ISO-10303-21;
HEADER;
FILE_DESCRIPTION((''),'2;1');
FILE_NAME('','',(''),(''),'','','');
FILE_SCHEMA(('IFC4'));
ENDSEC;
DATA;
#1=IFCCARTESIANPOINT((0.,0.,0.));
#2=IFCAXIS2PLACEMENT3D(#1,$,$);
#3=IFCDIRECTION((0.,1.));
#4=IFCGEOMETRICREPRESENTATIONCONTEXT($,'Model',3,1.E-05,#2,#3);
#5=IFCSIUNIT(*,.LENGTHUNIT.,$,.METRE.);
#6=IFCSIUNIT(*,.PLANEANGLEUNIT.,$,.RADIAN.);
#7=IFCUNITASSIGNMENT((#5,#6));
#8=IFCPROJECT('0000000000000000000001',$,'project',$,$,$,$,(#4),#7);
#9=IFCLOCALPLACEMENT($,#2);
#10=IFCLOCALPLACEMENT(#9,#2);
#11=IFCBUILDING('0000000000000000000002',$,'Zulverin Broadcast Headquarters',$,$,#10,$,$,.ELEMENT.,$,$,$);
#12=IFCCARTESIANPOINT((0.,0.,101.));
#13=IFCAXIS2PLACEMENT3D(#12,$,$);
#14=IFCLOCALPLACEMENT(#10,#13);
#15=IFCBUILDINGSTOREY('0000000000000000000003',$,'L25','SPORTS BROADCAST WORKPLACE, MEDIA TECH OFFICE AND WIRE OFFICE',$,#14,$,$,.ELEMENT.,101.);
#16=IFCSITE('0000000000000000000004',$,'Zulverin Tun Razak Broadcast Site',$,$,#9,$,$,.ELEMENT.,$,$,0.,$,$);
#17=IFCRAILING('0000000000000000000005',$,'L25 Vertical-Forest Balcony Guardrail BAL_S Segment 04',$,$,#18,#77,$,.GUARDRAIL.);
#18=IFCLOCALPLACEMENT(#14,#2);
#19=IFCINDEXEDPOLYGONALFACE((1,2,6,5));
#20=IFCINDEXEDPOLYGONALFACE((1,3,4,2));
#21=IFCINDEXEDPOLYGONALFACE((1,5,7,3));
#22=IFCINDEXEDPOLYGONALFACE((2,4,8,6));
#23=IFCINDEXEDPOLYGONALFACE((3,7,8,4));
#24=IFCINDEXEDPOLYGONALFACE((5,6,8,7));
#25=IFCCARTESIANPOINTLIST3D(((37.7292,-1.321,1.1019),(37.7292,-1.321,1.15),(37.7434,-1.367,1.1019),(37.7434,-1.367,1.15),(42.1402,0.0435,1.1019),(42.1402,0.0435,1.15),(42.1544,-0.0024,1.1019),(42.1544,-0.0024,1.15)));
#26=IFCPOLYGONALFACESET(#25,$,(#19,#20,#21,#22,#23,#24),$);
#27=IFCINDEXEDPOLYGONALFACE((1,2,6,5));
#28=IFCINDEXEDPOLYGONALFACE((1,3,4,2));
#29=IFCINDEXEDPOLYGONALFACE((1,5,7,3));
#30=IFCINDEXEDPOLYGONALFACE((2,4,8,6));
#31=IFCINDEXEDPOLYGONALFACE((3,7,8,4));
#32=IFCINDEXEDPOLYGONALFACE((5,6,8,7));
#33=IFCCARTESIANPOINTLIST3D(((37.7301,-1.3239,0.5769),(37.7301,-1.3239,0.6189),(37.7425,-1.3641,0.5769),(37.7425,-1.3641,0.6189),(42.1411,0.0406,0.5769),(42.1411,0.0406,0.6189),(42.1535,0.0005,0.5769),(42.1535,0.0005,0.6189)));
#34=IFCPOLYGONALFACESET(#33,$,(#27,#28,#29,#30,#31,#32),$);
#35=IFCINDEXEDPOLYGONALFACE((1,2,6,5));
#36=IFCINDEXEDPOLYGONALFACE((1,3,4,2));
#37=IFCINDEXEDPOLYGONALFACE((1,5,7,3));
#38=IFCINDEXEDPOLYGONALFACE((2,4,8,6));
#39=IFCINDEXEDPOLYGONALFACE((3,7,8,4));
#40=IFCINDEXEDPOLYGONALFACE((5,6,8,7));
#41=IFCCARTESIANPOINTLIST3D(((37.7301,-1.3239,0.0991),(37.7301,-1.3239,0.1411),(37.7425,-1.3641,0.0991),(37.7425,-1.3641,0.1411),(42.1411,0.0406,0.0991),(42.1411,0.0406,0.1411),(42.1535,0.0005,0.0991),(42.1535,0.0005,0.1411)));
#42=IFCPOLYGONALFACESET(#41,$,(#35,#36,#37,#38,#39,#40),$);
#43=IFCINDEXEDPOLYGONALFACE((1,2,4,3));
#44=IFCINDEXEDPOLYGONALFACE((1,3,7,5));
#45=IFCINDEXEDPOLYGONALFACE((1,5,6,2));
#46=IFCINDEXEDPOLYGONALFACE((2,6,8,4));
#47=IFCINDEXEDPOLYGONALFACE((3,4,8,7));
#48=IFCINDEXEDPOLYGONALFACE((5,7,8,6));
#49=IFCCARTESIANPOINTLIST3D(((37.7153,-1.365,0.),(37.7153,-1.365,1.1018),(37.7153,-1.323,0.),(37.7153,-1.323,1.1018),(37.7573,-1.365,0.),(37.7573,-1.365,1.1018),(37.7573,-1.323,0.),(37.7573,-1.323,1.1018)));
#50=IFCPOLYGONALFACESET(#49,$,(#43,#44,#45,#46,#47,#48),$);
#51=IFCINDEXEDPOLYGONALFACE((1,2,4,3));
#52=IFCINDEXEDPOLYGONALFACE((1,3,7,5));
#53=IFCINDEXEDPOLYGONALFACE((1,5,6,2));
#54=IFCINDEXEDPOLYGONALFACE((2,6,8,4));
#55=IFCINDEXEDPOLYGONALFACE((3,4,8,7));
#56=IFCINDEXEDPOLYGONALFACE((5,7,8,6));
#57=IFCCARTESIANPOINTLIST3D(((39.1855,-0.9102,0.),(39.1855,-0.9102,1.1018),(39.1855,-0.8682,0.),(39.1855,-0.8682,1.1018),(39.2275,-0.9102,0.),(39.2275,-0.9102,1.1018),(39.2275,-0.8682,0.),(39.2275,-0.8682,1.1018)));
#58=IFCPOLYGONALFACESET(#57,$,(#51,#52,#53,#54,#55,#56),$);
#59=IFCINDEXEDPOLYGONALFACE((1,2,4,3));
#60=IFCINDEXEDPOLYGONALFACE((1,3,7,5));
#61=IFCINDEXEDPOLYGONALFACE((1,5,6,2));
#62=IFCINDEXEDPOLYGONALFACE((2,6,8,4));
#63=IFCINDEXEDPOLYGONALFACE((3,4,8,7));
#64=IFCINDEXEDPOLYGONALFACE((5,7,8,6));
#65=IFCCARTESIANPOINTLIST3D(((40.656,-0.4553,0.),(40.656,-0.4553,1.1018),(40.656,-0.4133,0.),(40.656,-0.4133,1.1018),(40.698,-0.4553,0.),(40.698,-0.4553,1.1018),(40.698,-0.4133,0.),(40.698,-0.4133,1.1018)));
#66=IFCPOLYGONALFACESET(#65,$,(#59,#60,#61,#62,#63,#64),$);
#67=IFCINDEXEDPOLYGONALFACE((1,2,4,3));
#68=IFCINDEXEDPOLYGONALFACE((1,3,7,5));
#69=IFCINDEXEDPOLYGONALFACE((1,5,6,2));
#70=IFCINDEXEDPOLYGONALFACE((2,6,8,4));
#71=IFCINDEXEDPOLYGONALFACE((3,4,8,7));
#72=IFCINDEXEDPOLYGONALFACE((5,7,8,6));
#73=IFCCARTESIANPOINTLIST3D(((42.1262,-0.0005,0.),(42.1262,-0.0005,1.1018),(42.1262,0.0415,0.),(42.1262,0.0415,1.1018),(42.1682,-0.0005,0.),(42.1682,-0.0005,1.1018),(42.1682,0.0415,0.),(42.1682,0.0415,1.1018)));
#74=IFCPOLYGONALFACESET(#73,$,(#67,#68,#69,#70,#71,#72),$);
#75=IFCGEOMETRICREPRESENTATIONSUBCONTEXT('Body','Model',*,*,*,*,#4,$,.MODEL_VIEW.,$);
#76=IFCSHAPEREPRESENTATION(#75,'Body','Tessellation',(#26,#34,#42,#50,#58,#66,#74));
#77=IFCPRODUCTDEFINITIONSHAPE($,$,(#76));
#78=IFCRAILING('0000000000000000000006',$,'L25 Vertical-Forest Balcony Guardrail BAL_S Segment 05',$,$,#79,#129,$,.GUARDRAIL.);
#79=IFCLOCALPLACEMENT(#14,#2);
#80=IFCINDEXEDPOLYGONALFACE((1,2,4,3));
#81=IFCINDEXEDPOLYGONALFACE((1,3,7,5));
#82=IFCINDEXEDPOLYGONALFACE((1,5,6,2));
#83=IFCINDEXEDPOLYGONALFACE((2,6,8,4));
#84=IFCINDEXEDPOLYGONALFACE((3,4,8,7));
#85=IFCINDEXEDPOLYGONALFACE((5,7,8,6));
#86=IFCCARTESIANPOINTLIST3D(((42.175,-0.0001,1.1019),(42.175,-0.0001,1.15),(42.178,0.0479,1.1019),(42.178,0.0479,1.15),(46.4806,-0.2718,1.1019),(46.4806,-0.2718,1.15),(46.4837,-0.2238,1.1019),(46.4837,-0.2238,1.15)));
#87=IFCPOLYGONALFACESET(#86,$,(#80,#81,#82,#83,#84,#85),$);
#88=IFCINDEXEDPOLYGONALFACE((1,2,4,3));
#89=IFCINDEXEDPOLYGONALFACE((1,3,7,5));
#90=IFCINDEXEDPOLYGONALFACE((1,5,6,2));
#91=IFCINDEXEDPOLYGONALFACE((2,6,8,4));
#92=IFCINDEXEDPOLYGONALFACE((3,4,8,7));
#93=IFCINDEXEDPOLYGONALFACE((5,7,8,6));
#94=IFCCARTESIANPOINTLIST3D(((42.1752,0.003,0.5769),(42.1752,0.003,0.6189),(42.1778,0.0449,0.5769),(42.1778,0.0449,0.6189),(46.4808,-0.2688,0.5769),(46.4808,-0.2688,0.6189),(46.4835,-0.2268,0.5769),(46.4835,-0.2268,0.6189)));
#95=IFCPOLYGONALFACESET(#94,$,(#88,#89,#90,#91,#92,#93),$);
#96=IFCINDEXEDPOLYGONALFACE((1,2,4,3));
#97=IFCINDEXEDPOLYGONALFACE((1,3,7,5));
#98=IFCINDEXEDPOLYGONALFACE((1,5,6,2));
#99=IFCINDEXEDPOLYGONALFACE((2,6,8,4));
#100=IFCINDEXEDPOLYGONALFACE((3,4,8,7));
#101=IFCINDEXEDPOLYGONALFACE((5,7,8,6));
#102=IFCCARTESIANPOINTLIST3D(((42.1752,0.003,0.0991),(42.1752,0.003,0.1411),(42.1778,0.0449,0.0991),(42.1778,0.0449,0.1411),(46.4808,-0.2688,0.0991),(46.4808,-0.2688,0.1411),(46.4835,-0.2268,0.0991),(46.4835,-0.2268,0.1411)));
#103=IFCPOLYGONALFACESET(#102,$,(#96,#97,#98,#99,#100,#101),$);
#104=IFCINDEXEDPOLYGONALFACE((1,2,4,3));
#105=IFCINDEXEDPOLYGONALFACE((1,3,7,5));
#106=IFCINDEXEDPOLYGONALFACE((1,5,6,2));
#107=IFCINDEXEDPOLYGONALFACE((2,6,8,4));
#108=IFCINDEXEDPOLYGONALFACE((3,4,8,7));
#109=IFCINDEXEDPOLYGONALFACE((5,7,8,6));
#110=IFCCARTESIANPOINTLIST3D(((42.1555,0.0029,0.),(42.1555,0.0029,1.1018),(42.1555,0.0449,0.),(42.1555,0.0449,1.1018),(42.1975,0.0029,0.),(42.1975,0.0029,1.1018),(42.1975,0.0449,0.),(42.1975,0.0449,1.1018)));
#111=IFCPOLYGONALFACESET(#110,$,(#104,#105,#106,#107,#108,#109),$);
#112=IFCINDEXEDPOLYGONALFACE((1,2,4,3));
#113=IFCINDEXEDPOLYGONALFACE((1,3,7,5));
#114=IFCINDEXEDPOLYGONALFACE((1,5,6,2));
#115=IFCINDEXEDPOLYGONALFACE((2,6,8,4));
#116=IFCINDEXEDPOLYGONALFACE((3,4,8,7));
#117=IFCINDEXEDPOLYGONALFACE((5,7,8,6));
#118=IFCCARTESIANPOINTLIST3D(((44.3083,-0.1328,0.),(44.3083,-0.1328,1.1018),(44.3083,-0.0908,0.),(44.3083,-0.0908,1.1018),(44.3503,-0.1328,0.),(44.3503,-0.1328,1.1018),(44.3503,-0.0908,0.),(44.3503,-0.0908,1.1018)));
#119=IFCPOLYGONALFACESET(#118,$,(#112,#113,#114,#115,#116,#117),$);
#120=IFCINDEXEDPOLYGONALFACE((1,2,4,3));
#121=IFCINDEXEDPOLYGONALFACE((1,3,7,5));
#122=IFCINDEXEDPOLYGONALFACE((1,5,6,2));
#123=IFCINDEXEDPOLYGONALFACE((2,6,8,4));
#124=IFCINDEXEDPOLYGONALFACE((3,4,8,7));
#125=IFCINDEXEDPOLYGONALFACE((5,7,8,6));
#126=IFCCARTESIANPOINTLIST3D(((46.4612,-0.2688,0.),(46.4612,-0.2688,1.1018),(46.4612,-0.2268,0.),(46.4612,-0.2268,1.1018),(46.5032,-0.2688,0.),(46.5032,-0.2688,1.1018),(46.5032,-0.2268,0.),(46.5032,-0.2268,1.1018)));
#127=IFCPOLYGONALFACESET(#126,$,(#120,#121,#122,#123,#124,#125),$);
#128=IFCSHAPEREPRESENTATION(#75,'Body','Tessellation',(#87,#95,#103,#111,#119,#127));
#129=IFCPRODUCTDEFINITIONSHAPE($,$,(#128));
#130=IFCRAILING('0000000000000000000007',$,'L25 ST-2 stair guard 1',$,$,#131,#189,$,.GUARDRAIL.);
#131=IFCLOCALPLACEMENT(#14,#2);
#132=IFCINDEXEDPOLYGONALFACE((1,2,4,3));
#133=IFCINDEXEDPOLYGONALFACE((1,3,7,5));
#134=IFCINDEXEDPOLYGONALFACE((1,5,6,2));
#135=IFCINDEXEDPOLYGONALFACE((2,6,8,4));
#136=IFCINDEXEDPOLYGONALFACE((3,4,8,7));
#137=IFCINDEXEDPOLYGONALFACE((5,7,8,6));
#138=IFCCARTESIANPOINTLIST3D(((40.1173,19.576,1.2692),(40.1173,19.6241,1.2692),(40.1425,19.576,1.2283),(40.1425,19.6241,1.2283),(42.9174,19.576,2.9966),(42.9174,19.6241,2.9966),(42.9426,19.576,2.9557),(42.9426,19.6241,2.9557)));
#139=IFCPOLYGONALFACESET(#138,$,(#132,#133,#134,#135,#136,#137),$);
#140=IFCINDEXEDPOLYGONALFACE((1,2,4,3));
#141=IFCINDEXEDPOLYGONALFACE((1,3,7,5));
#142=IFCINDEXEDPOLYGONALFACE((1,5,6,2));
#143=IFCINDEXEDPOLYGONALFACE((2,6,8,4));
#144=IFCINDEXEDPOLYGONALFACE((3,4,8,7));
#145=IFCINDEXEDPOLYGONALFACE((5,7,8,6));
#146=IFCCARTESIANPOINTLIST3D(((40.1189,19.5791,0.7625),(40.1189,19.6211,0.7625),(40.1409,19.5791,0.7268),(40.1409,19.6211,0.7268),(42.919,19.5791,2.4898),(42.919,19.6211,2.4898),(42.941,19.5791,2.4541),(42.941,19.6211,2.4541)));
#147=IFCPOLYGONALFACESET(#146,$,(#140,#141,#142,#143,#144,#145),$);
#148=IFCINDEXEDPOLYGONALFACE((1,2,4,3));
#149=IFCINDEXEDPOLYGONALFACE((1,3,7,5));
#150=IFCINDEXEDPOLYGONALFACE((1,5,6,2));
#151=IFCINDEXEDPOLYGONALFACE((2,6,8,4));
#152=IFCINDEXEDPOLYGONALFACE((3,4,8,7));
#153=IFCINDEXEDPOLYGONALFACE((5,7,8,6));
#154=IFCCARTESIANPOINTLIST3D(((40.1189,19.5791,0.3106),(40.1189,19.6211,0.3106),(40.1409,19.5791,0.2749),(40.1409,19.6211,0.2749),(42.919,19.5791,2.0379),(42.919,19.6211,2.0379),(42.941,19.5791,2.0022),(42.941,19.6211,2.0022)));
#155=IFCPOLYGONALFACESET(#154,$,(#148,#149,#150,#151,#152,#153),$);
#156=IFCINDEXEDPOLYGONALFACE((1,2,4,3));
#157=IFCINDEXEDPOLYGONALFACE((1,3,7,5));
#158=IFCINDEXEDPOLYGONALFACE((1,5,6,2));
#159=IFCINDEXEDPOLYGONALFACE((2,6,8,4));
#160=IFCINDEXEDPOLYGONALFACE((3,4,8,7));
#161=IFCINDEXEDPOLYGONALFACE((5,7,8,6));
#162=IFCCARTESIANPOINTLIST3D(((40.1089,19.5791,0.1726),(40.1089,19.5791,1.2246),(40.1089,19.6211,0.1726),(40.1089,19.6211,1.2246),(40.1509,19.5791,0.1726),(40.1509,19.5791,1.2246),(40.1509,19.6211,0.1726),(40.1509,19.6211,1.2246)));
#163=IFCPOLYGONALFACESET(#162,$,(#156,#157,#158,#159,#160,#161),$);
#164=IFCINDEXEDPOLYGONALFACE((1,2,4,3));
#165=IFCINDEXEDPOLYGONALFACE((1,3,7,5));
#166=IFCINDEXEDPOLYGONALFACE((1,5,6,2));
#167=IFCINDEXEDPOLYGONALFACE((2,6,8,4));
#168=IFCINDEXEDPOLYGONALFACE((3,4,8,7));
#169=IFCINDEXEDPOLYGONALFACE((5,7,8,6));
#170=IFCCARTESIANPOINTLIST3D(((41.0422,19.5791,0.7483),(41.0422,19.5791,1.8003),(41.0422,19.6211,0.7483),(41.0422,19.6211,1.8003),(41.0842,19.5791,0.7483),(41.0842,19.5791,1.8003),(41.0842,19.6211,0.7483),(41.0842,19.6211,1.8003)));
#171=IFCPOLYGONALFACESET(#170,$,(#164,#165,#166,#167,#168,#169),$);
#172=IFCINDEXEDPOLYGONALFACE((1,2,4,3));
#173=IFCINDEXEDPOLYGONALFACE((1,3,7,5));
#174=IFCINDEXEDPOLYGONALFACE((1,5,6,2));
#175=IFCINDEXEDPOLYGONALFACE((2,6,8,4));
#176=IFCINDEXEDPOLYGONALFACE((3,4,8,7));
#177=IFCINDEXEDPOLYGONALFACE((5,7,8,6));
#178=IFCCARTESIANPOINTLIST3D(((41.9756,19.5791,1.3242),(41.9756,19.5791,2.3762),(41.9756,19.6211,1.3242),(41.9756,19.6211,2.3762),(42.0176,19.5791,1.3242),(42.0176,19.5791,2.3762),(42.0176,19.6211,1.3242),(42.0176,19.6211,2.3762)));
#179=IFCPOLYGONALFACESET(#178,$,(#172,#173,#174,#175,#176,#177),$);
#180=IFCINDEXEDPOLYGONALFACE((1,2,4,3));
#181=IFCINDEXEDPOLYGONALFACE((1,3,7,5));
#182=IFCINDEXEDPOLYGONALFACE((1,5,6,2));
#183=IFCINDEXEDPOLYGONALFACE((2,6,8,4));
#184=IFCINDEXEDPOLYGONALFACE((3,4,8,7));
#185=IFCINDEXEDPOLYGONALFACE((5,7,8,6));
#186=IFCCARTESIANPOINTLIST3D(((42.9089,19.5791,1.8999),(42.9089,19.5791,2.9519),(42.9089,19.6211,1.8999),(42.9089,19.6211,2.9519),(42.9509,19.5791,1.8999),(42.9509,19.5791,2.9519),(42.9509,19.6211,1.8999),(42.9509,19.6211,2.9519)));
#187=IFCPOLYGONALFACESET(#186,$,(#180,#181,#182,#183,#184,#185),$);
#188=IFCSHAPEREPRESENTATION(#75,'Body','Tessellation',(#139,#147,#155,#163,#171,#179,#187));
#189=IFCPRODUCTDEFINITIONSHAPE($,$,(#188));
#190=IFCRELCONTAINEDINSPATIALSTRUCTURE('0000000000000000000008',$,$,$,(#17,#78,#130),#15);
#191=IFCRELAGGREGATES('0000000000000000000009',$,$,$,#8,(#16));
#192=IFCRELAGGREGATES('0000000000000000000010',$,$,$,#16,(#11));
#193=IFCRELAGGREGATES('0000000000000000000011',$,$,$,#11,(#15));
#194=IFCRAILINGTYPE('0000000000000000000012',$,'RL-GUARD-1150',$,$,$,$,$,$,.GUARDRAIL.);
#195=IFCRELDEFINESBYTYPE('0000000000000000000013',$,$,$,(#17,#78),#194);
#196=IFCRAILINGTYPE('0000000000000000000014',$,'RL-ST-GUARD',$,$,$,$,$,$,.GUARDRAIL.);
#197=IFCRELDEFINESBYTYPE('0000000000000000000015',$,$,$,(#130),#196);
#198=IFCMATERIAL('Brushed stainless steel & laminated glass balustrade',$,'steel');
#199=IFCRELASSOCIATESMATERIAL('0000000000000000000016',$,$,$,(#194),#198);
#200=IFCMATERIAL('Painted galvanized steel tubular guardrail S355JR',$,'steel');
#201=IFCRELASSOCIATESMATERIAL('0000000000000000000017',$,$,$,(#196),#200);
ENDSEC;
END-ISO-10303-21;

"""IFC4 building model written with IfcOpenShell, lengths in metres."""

from ifc_helpers import new_model, si_unit, direction, frame, origin, origin_2d, place, context, subcontext, project, spatial, rectangle, extrude, material, type_object, element, save


model = new_model("IFC4")

# Units and contexts
model_context = context("Model", 3, precision=1e-05, world=origin(), true_north=direction((0.0, 1.0)))
body_context = subcontext(model_context, "Body", "Model", "MODEL_VIEW")
ifc_project = project(units=[si_unit("LENGTHUNIT", "METRE"), si_unit("PLANEANGLEUNIT", "RADIAN")], contexts=[model_context])

# Site, building, storey
site_placement = place(None, origin())
site = spatial("IfcSite", under=ifc_project, at=site_placement, Name="Zulverin Tun Razak Broadcast Site", CompositionType="ELEMENT", RefElevation=0.0)
building_placement = place(site_placement, origin())
building = spatial("IfcBuilding", under=site, at=building_placement, Name="Zulverin Broadcast Headquarters", CompositionType="ELEMENT")
storey_placement = place(building_placement, frame((0.0, 0.0, 101.0)))
storey = spatial("IfcBuildingStorey", under=building, at=storey_placement, Name="L25", Description="SPORTS BROADCAST WORKPLACE, MEDIA TECH OFFICE AND WIRE OFFICE", CompositionType="ELEMENT", Elevation=101.0)

# Railings
ifc_material_1 = material(Name="Brushed stainless steel & laminated glass balustrade", Category="steel")
railing_type_1 = type_object("IfcRailingType", Name="RL-GUARD-1150", PredefinedType="GUARDRAIL", material=ifc_material_1)
railing_1_placement = place(storey_placement, frame((37.7363, -1.344, 0.0)))
element("IfcRailing", 1, at=railing_1_placement, inside=storey, type_object=railing_type_1, Name="L25 Vertical-Forest Balcony Guardrail BAL_S Segment 04", PredefinedType="GUARDRAIL", context=body_context, shape_type="SweptSolid", body=[
    extrude(rectangle(XDim=0.0481, YDim=0.0481, at=origin_2d()), frame((0.0, 0.0, 1.126), z_axis=(0.955333, 0.295531, 0.0), x_axis=(-0.295531, 0.955333, 0.0)), (0.0, 0.0, 1.0), 4.6172),
    extrude(rectangle(XDim=0.042, YDim=0.042, at=origin_2d()), frame((0.0, 0.0, 0.5979), z_axis=(0.955333, 0.295531, 0.0), x_axis=(-0.295531, 0.955333, 0.0)), (0.0, 0.0, 1.0), 4.6172),
    extrude(rectangle(XDim=0.042, YDim=0.042, at=origin_2d()), frame((0.0, 0.0, 0.1201), z_axis=(0.955333, 0.295531, 0.0), x_axis=(-0.295531, 0.955333, 0.0)), (0.0, 0.0, 1.0), 4.6172),
    extrude(rectangle(XDim=0.042, YDim=0.042, at=origin_2d()), origin(), (0.0, 0.0, 1.0), 1.1018),
    extrude(rectangle(XDim=0.042, YDim=0.042, at=origin_2d()), frame((1.4702, 0.4548, 0.0)), (0.0, 0.0, 1.0), 1.1018),
    extrude(rectangle(XDim=0.042, YDim=0.042, at=origin_2d()), frame((2.9407, 0.9097, 0.0)), (0.0, 0.0, 1.0), 1.1018),
    extrude(rectangle(XDim=0.042, YDim=0.042, at=origin_2d()), frame((4.4109, 1.3645, 0.0)), (0.0, 0.0, 1.0), 1.1018),
])
railing_2_placement = place(storey_placement, frame((42.1765, 0.0239, 0.0)))
element("IfcRailing", 2, at=railing_2_placement, inside=storey, type_object=railing_type_1, Name="L25 Vertical-Forest Balcony Guardrail BAL_S Segment 05", PredefinedType="GUARDRAIL", context=body_context, shape_type="SweptSolid", body=[
    extrude(rectangle(XDim=0.0481, YDim=0.0481, at=origin_2d()), frame((0.0, 0.0, 1.126), z_axis=(0.998015, -0.062984, 0.0), x_axis=(0.062984, 0.998015, 0.0)), (0.0, 0.0, 1.0), 4.3142),
    extrude(rectangle(XDim=0.042, YDim=0.042, at=origin_2d()), frame((0.0, 0.0, 0.5979), z_axis=(0.998015, -0.062984, 0.0), x_axis=(0.062984, 0.998015, 0.0)), (0.0, 0.0, 1.0), 4.3142),
    extrude(rectangle(XDim=0.042, YDim=0.042, at=origin_2d()), frame((0.0, 0.0, 0.1201), z_axis=(0.998015, -0.062984, 0.0), x_axis=(0.062984, 0.998015, 0.0)), (0.0, 0.0, 1.0), 4.3142),
    extrude(rectangle(XDim=0.042, YDim=0.042, at=origin_2d()), origin(), (0.0, 0.0, 1.0), 1.1018),
    extrude(rectangle(XDim=0.042, YDim=0.042, at=origin_2d()), frame((2.1528, -0.1357, 0.0)), (0.0, 0.0, 1.0), 1.1018),
    extrude(rectangle(XDim=0.042, YDim=0.042, at=origin_2d()), frame((4.3057, -0.2717, 0.0)), (0.0, 0.0, 1.0), 1.1018),
])
ifc_material_2 = material(Name="Painted galvanized steel tubular guardrail S355JR", Category="steel")
railing_type_2 = type_object("IfcRailingType", Name="RL-ST-GUARD", PredefinedType="GUARDRAIL", material=ifc_material_2)
railing_3_placement = place(storey_placement, frame((40.1299, 19.6001, 0.1726)))
element("IfcRailing", 3, at=railing_3_placement, inside=storey, type_object=railing_type_2, Name="L25 ST-2 stair guard 1", PredefinedType="GUARDRAIL", context=body_context, shape_type="SweptSolid", body=[
    extrude(rectangle(XDim=0.0481, YDim=0.0481, at=origin_2d()), frame((0.0, 0.0, 1.0762), z_axis=(0.85109, 0.0, 0.52502), x_axis=(0.0, 1.0, 0.0)), (0.0, 0.0, 1.0), 3.29),
    extrude(rectangle(XDim=0.042, YDim=0.042, at=origin_2d()), frame((0.0, 0.0, 0.572), z_axis=(0.85109, 0.0, 0.52502), x_axis=(0.0, 1.0, 0.0)), (0.0, 0.0, 1.0), 3.29),
    extrude(rectangle(XDim=0.042, YDim=0.042, at=origin_2d()), frame((0.0, 0.0, 0.1201), z_axis=(0.85109, 0.0, 0.52502), x_axis=(0.0, 1.0, 0.0)), (0.0, 0.0, 1.0), 3.29),
    extrude(rectangle(XDim=0.042, YDim=0.042, at=origin_2d()), origin(), (0.0, 0.0, 1.0), 1.052),
    extrude(rectangle(XDim=0.042, YDim=0.042, at=origin_2d()), frame((0.9333, 0.0, 0.5757)), (0.0, 0.0, 1.0), 1.052),
    extrude(rectangle(XDim=0.042, YDim=0.042, at=origin_2d()), frame((1.8667, 0.0, 1.1516)), (0.0, 0.0, 1.0), 1.052),
    extrude(rectangle(XDim=0.042, YDim=0.042, at=origin_2d()), frame((2.8, 0.0, 1.7273)), (0.0, 0.0, 1.0), 1.052),
])

save(model, "model.ifc")
